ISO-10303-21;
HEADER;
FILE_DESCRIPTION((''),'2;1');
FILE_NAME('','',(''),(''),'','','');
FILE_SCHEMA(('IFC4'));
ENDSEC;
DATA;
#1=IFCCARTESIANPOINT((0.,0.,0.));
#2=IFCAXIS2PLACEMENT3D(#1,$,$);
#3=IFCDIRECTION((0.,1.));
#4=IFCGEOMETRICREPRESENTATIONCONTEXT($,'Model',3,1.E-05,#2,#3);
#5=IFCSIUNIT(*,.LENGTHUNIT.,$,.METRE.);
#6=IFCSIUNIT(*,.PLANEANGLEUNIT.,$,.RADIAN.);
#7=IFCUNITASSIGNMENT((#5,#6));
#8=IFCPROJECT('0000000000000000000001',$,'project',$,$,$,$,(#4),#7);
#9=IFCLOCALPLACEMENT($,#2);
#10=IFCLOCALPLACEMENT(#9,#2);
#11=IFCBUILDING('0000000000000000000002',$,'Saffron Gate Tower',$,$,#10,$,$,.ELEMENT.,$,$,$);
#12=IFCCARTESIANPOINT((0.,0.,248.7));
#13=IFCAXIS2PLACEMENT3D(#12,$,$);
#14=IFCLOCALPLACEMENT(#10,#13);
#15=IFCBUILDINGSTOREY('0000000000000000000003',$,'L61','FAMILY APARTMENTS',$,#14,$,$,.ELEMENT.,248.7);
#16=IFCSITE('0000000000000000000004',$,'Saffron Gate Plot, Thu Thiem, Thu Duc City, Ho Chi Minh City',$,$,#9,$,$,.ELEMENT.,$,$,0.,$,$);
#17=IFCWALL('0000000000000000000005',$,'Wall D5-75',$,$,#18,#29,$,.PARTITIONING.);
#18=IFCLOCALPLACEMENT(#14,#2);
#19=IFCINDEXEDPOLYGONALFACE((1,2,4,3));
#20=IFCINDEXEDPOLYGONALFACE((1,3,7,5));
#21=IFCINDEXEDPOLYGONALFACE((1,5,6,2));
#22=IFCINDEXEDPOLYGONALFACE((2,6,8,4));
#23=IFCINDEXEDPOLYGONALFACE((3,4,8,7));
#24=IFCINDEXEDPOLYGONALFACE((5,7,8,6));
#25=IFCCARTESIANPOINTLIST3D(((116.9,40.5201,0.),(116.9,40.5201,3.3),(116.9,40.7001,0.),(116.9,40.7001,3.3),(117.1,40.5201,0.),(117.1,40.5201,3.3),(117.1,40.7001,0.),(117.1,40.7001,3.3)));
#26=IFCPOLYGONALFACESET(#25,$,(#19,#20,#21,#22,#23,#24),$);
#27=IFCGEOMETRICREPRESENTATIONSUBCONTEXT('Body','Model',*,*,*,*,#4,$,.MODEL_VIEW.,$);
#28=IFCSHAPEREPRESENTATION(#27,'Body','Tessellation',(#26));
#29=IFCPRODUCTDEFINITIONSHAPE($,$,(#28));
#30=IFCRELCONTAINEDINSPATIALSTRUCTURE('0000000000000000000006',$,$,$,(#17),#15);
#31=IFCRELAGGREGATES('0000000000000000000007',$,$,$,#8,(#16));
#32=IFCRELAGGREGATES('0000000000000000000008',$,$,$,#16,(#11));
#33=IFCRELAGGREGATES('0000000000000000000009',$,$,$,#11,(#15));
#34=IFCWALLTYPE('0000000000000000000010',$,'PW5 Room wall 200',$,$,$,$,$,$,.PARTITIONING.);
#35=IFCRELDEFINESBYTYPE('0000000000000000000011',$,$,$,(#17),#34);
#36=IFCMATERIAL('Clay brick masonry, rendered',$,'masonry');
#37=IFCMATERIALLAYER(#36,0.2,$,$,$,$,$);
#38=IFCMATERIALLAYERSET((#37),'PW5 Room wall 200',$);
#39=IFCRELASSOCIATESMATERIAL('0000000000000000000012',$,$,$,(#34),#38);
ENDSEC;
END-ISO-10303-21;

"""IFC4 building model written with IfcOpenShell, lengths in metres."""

from ifc_helpers import new_model, si_unit, direction, frame, frame_2d, origin, place, context, subcontext, project, spatial, rectangle, extrude, material, layer, layer_set, type_object, element, save


model = new_model("IFC4")

# Units and contexts
model_context = context("Model", 3, precision=1e-05, world=origin(), true_north=direction((0.0, 1.0)))
body_context = subcontext(model_context, "Body", "Model", "MODEL_VIEW")
ifc_project = project(units=[si_unit("LENGTHUNIT", "METRE"), si_unit("PLANEANGLEUNIT", "RADIAN")], contexts=[model_context])

# Site, building, storey
site_placement = place(None, origin())
site = spatial("IfcSite", under=ifc_project, at=site_placement, Name="Saffron Gate Plot, Thu Thiem, Thu Duc City, Ho Chi Minh City", CompositionType="ELEMENT", RefElevation=0.0)
building_placement = place(site_placement, origin())
building = spatial("IfcBuilding", under=site, at=building_placement, Name="Saffron Gate Tower", CompositionType="ELEMENT")
storey_placement = place(building_placement, frame((0.0, 0.0, 248.7)))
storey = spatial("IfcBuildingStorey", under=building, at=storey_placement, Name="L61", Description="FAMILY APARTMENTS", CompositionType="ELEMENT", Elevation=248.7)

# Shared definitions
ifc_material_1 = material(Name="Clay brick masonry, rendered", Category="masonry")

# Wall
ifc_layer_1 = layer(ifc_material_1, 0.2)
ifc_layer_set_1 = layer_set([ifc_layer_1], Name="PW5 Room wall 200")
wall_type_1 = type_object("IfcWallType", Name="PW5 Room wall 200", PredefinedType="PARTITIONING", material=ifc_layer_set_1)
wall_1_placement = place(storey_placement, frame((117.0, 40.7, 0.0), z_axis=(0.0, 0.0, 1.0), x_axis=(0.0, -1.0, 0.0)))
element("IfcWall", 1, at=wall_1_placement, inside=storey, type_object=wall_type_1, Name="Wall D5-75", PredefinedType="PARTITIONING", context=body_context, shape_type="SweptSolid", body=[
    extrude(rectangle(XDim=0.1799, YDim=0.2, at=frame_2d((0.0898, 0.0))), origin(), (0.0, 0.0, 1.0), 3.3),
])

save(model, "model.ifc")
